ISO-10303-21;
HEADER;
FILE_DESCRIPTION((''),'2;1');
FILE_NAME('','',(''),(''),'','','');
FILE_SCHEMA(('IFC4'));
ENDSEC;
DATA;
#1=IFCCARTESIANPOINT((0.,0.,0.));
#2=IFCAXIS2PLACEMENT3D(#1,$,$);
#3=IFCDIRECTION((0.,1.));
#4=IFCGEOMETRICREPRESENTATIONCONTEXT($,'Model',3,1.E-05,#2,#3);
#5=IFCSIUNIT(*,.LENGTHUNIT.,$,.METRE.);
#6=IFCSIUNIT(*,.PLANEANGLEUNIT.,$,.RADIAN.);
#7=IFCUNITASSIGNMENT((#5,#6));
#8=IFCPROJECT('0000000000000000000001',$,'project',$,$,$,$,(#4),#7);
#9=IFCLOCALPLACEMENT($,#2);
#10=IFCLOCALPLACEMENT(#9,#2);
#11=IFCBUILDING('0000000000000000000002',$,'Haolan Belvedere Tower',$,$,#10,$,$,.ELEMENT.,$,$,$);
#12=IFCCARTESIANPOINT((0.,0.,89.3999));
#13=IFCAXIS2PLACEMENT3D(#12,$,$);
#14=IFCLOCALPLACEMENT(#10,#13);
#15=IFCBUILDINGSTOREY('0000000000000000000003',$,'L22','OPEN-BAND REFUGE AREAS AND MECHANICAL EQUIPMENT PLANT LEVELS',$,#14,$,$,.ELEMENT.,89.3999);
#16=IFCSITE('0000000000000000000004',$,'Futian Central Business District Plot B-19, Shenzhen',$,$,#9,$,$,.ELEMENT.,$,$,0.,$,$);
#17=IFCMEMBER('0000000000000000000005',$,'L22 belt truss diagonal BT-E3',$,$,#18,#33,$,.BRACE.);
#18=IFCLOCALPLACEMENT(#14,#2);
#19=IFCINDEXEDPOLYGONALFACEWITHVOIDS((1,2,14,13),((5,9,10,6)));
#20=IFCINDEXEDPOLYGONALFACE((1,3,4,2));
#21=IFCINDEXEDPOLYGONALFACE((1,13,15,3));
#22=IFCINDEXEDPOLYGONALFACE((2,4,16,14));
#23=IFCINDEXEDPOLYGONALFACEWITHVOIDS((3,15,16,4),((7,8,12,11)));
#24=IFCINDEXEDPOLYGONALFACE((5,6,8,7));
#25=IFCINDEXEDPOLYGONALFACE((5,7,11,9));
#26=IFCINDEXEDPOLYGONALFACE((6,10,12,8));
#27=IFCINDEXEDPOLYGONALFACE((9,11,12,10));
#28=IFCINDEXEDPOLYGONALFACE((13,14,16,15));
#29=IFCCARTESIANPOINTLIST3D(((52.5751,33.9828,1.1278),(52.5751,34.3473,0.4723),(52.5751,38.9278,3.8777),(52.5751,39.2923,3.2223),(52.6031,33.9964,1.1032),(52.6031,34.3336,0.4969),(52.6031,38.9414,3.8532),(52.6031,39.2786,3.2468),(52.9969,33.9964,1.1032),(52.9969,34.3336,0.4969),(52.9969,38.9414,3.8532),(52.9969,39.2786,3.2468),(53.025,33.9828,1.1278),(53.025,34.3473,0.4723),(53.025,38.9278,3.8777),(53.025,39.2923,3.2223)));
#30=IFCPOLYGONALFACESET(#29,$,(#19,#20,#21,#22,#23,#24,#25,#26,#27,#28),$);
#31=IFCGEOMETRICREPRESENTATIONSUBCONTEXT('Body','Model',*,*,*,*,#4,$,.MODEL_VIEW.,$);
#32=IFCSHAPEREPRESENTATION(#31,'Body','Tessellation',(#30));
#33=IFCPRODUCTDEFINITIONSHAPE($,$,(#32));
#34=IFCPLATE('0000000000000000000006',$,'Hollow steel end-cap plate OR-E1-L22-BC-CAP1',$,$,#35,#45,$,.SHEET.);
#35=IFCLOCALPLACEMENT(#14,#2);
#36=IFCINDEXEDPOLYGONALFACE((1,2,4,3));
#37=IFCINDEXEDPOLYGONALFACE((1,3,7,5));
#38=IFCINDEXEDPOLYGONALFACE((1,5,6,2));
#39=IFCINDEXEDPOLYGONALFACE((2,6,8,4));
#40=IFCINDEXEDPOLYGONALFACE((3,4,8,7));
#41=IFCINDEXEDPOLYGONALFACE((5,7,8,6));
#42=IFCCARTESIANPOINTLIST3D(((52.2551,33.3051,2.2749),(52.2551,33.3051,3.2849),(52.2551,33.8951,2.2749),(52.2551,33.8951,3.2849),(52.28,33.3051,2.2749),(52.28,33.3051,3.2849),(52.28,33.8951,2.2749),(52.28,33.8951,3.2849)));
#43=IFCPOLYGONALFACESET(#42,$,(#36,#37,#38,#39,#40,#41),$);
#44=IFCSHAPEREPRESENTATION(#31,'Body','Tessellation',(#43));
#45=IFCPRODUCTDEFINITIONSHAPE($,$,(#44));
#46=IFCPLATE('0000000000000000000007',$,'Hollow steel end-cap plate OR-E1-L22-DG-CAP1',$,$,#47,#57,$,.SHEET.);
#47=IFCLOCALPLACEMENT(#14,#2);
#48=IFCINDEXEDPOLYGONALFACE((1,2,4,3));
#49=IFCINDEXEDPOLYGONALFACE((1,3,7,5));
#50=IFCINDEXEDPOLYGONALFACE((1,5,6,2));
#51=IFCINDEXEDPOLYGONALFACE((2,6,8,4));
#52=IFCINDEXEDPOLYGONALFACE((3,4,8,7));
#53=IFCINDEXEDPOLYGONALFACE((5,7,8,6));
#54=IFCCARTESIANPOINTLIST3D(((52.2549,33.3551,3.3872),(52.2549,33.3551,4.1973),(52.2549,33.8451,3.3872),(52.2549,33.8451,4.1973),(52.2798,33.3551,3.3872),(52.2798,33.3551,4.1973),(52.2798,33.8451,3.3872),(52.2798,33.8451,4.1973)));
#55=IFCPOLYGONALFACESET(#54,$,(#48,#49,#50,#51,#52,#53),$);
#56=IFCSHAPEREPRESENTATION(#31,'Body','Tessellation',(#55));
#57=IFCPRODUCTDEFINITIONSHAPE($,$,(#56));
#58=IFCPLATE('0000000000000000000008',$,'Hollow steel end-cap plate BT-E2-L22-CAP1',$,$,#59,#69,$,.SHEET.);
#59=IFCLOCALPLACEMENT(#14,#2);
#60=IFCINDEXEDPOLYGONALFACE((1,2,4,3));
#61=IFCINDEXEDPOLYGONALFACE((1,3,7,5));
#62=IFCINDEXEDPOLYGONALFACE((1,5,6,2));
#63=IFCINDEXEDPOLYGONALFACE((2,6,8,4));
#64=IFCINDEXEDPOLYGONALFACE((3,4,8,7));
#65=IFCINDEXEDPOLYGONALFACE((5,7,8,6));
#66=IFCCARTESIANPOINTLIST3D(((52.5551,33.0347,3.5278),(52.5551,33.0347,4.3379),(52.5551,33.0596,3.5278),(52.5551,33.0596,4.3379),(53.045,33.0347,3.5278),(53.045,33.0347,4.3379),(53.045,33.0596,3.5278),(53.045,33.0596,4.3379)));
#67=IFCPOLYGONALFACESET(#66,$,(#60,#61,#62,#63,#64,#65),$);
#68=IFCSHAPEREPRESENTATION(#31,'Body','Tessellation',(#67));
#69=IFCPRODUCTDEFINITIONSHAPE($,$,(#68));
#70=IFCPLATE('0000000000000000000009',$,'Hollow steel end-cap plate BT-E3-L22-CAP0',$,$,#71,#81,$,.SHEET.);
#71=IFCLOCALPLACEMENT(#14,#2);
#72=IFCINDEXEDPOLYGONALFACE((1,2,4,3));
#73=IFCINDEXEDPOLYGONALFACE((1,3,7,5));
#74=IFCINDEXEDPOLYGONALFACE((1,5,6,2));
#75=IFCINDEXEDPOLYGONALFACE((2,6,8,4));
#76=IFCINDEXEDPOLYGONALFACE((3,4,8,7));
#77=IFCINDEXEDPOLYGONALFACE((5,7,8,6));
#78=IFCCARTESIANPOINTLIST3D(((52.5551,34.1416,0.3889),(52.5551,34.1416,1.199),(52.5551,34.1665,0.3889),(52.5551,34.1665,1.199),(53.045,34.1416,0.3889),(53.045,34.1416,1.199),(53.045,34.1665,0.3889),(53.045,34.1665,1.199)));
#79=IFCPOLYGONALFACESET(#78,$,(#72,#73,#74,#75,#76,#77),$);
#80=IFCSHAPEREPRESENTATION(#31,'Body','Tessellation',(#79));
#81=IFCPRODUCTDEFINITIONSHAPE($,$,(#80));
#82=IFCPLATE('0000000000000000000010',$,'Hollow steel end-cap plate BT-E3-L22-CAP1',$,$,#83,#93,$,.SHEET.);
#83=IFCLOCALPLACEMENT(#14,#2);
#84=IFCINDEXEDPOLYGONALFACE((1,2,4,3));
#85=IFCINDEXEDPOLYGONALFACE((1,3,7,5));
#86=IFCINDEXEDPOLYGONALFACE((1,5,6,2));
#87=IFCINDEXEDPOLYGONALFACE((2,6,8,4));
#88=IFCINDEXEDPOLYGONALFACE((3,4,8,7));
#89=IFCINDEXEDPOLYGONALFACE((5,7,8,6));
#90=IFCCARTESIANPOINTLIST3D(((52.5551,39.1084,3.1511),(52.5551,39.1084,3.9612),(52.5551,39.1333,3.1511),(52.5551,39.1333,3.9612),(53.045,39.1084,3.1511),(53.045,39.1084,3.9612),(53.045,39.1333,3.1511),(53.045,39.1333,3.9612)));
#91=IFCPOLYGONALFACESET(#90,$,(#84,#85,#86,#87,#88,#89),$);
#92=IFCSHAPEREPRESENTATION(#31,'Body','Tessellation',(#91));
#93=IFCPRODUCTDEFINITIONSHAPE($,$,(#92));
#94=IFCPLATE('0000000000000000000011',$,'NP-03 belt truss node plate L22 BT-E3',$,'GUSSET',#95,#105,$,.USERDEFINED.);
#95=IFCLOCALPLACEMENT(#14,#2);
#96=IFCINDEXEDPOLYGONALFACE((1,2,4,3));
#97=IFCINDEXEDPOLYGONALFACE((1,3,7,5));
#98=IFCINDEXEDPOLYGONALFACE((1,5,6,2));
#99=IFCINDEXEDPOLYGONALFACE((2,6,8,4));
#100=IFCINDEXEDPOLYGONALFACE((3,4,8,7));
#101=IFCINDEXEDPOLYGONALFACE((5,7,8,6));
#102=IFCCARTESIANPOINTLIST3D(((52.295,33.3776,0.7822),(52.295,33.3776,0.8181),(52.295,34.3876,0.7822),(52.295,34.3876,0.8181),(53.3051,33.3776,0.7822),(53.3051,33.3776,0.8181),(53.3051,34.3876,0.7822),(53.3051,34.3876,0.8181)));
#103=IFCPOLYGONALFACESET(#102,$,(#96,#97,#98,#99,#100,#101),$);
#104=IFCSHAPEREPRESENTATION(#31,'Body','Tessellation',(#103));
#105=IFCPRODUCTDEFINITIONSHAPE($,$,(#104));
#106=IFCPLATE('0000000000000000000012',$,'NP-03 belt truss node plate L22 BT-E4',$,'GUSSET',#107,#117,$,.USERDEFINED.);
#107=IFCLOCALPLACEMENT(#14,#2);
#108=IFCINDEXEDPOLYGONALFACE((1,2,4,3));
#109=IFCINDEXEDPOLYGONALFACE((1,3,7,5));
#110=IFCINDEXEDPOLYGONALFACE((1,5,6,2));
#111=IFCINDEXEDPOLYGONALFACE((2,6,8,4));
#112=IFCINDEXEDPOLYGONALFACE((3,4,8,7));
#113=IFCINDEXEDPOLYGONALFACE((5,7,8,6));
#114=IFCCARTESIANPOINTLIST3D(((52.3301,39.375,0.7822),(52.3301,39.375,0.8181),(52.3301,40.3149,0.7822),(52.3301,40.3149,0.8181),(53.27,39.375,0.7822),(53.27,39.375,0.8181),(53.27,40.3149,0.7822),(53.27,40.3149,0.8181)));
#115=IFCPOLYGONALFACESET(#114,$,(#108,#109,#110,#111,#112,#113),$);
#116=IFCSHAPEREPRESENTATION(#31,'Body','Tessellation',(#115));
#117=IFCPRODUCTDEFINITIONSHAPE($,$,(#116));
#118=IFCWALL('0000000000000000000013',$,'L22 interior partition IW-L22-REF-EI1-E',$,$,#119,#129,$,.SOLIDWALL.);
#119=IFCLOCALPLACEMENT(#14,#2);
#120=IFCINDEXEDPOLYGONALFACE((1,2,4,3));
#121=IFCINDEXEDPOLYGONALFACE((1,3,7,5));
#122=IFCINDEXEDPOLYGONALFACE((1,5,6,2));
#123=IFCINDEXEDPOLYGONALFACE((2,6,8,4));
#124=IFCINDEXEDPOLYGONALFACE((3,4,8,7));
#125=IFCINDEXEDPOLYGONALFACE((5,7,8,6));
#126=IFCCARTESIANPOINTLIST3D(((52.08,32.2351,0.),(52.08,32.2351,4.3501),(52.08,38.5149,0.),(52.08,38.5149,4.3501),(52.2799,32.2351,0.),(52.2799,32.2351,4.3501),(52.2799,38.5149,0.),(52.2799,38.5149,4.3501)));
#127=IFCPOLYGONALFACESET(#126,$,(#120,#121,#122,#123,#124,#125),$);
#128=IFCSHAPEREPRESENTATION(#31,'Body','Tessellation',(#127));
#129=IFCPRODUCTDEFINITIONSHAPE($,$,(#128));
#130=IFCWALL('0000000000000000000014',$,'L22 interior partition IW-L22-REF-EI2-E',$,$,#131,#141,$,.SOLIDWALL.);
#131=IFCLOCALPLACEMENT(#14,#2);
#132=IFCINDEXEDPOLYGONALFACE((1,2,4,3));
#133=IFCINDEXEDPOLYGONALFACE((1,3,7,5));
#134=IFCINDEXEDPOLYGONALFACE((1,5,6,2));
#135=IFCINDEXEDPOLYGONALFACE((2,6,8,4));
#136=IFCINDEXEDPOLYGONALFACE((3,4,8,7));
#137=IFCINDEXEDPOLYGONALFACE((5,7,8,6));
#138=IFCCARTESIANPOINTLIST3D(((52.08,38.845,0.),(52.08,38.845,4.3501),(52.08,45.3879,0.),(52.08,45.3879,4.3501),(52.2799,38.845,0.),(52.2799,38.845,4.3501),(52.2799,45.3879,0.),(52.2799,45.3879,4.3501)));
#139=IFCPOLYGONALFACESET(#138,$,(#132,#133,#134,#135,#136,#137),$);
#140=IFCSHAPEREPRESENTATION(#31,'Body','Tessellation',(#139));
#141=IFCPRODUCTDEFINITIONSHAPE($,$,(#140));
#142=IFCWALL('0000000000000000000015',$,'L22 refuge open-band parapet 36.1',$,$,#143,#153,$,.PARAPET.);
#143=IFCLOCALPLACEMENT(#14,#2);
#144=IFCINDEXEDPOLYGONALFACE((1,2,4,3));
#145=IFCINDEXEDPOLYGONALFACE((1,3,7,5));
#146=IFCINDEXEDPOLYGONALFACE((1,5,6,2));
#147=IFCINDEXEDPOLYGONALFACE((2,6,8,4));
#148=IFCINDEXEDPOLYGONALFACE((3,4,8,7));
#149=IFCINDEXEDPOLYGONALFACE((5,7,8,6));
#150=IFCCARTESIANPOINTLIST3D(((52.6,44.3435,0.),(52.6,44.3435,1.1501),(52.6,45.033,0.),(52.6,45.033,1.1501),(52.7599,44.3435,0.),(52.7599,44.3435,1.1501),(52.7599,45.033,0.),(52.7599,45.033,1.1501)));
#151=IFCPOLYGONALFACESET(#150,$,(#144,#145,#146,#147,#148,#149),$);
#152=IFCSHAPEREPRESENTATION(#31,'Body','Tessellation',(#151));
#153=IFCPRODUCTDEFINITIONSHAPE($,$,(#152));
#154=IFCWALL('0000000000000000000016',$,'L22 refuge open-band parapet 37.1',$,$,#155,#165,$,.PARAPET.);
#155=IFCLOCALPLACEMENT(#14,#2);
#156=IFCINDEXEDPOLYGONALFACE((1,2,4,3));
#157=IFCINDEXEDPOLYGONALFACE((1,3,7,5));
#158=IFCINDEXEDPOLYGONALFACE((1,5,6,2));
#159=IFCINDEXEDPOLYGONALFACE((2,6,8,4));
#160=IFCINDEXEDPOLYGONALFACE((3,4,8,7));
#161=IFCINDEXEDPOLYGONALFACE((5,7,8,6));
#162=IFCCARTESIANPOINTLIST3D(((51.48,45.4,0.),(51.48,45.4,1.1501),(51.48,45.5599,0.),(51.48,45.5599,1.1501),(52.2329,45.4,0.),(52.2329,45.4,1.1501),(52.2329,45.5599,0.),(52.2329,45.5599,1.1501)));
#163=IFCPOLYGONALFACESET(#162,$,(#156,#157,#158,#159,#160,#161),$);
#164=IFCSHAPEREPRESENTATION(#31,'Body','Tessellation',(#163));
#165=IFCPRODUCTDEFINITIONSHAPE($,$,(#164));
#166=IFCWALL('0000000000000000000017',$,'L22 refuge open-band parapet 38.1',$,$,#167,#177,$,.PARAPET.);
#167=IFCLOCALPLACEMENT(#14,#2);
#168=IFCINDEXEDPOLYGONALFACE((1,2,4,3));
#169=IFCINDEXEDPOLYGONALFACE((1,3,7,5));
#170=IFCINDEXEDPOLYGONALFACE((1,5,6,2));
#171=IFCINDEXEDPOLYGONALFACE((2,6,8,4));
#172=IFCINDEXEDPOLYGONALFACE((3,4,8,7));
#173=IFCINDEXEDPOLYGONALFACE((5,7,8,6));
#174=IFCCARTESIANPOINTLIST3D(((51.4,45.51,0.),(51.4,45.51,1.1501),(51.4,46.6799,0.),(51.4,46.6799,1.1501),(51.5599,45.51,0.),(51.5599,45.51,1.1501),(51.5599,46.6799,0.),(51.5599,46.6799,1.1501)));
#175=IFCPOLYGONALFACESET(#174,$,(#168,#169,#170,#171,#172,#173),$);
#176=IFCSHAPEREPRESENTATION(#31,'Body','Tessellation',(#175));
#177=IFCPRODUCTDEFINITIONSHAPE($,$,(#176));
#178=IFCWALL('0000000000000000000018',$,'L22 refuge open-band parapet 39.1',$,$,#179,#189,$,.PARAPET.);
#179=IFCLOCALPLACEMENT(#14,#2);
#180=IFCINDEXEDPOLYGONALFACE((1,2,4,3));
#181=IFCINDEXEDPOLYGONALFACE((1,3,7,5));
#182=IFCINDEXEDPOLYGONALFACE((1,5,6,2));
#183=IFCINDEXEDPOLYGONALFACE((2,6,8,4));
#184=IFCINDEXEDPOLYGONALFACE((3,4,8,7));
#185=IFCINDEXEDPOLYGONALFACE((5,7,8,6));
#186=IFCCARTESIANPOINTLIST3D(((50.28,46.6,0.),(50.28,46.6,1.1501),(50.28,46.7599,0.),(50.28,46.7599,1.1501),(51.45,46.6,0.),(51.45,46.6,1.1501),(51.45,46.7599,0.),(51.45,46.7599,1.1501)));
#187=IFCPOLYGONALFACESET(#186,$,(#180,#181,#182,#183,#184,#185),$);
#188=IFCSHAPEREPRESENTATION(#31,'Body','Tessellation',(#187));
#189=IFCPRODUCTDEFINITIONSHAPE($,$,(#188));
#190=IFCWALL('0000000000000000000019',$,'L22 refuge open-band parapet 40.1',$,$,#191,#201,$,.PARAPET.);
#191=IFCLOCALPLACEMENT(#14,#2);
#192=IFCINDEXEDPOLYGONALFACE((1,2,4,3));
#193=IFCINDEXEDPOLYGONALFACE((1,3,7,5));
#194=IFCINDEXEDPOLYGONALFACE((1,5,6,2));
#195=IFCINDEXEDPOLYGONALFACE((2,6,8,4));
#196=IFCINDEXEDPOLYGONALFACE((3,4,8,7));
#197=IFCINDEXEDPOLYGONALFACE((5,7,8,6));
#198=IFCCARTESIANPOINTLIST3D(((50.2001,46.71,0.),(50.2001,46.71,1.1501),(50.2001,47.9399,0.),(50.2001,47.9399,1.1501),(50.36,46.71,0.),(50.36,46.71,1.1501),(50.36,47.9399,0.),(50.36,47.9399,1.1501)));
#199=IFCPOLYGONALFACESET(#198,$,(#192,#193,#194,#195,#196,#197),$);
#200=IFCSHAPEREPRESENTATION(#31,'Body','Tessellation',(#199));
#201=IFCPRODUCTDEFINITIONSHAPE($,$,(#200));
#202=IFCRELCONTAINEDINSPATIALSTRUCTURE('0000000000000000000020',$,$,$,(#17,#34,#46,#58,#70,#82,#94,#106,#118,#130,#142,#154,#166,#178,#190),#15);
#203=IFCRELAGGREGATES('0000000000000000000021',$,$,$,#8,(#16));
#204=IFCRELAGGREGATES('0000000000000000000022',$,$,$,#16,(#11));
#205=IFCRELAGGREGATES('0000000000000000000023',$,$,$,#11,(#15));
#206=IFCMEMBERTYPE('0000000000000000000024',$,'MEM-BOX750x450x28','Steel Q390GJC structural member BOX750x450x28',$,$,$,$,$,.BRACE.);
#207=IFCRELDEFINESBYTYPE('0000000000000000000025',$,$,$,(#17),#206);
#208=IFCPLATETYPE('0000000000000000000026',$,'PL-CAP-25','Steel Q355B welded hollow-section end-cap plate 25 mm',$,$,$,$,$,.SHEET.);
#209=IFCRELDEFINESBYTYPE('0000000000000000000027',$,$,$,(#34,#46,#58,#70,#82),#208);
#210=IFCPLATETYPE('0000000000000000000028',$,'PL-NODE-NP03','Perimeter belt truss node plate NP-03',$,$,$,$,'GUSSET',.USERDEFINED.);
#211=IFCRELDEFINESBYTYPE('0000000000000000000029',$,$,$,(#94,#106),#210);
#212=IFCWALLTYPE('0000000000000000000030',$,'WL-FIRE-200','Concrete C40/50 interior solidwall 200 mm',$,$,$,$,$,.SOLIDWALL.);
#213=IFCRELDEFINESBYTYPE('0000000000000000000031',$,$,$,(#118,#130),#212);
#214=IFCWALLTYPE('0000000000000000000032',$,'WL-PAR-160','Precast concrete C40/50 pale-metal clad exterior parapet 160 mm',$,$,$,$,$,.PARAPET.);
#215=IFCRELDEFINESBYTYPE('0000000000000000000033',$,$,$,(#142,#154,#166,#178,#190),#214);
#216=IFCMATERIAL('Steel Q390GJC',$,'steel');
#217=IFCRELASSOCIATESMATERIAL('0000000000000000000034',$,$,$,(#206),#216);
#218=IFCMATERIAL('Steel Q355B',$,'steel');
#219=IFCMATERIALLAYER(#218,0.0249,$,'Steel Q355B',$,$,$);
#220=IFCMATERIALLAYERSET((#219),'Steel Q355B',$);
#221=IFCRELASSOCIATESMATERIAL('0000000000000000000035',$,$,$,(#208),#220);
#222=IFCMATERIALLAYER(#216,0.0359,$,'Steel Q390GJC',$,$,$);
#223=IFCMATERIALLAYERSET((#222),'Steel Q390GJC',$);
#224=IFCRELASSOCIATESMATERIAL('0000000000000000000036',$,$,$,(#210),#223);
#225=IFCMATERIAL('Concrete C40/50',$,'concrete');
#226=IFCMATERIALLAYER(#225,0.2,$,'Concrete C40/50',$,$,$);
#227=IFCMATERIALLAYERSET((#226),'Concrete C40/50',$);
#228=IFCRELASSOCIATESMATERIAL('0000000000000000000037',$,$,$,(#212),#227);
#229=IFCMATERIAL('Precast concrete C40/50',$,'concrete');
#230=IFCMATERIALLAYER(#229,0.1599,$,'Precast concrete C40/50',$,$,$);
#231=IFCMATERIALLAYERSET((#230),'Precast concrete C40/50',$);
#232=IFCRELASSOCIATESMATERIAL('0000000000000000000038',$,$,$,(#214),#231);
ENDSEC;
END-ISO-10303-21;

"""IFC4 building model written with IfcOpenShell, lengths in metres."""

from ifc_helpers import new_model, si_unit, direction, frame, frame_2d, origin, origin_2d, place, context, subcontext, project, spatial, rectangle, hollow_rectangle, extrude, material, layer, layer_set, material_profile, profile_set, type_object, element, save


model = new_model("IFC4")

# Units and contexts
model_context = context("Model", 3, precision=1e-05, world=origin(), true_north=direction((0.0, 1.0)))
body_context = subcontext(model_context, "Body", "Model", "MODEL_VIEW")
ifc_project = project(units=[si_unit("LENGTHUNIT", "METRE"), si_unit("PLANEANGLEUNIT", "RADIAN")], contexts=[model_context])

# Site, building, storey
site_placement = place(None, origin())
site = spatial("IfcSite", under=ifc_project, at=site_placement, Name="Futian Central Business District Plot B-19, Shenzhen", CompositionType="ELEMENT", RefElevation=0.0)
building_placement = place(site_placement, origin())
building = spatial("IfcBuilding", under=site, at=building_placement, Name="Haolan Belvedere Tower", CompositionType="ELEMENT")
storey_placement = place(building_placement, frame((0.0, 0.0, 89.3999)))
storey = spatial("IfcBuildingStorey", under=building, at=storey_placement, Name="L22", Description="OPEN-BAND REFUGE AREAS AND MECHANICAL EQUIPMENT PLANT LEVELS", CompositionType="ELEMENT", Elevation=89.3999)

# Shared definitions
ifc_material_1 = material(Name="Steel Q355B", Category="steel")

# Member
ifc_material_2 = material(Name="Steel Q390GJC", Category="steel")
ifc_material_profile_1 = material_profile(ifc_material_2, hollow_rectangle(XDim=0.45, YDim=0.75, WallThickness=0.0281, at=origin_2d()), Name="Steel Q390GJC")
ifc_profile_set_1 = profile_set([ifc_material_profile_1], Name="Steel Q390GJC")
member_type = type_object("IfcMemberType", Name="MEM-BOX750x450x28", Description="Steel Q390GJC structural member BOX750x450x28", PredefinedType="BRACE", material=ifc_profile_set_1)
member_placement = place(storey_placement, frame((52.8, 34.165, 0.8), z_axis=(0.0, 0.873952, 0.486013), x_axis=(-1.0, 0.0, 0.0)))
element("IfcMember", 1, at=member_placement, inside=storey, type_object=member_type, Name="L22 belt truss diagonal BT-E3", PredefinedType="BRACE", context=body_context, shape_type="SweptSolid", body=[
    extrude(hollow_rectangle(XDim=0.45, YDim=0.75, WallThickness=0.0281, at=origin_2d()), origin(), (0.0, 0.0, 1.0), 5.6582),
])

# Plates
ifc_layer_1 = layer(ifc_material_1, 0.0249, Name="Steel Q355B")
ifc_layer_set_1 = layer_set([ifc_layer_1], Name="Steel Q355B")
plate_type_1 = type_object("IfcPlateType", Name="PL-CAP-25", Description="Steel Q355B welded hollow-section end-cap plate 25 mm", PredefinedType="SHEET", material=ifc_layer_set_1)
plate_1_placement = place(storey_placement, frame((52.2676, 33.6001, 2.2749), z_axis=(0.0, 0.0, 1.0), x_axis=(0.0, 1.0, 0.0)))
element("IfcPlate", 2, at=plate_1_placement, inside=storey, type_object=plate_type_1, Name="Hollow steel end-cap plate OR-E1-L22-BC-CAP1", PredefinedType="SHEET", context=body_context, shape_type="SweptSolid", body=[
    extrude(rectangle(XDim=0.5901, YDim=0.0249, at=origin_2d()), origin(), (0.0, 0.0, 1.0), 1.01),
])
for number, where, z_axis, x_axis, name in (
    (3, (52.2673, 33.6001, 3.3872), (0.0, 0.0, 1.0), (0.0, 1.0, 0.0), "Hollow steel end-cap plate OR-E1-L22-DG-CAP1"),
    (4, (52.8, 33.0471, 3.5278), (0.0, 0.0, 1.0), (-1.0, 0.0, 0.0), "Hollow steel end-cap plate BT-E2-L22-CAP1"),
    (5, (52.8, 34.1541, 0.3889), (0.0, 0.0, 1.0), (1.0, 0.0, 0.0), "Hollow steel end-cap plate BT-E3-L22-CAP0"),
    (6, (52.8, 39.1208, 3.1511), (0.0, 0.0, 1.0), (-1.0, 0.0, 0.0), "Hollow steel end-cap plate BT-E3-L22-CAP1"),
):
    element("IfcPlate", number, at=place(storey_placement, frame(where, z_axis=z_axis, x_axis=x_axis)), inside=storey, type_object=plate_type_1, Name=name, PredefinedType="SHEET", context=body_context, shape_type="SweptSolid", body=[
        extrude(rectangle(XDim=0.49, YDim=0.0249, at=origin_2d()), origin(), (0.0, 0.0, 1.0), 0.8101),
    ])
ifc_layer_2 = layer(ifc_material_2, 0.0359, Name="Steel Q390GJC")
ifc_layer_set_2 = layer_set([ifc_layer_2], Name="Steel Q390GJC")
plate_type_2 = type_object("IfcPlateType", Name="PL-NODE-NP03", Description="Perimeter belt truss node plate NP-03", ElementType="GUSSET", PredefinedType="USERDEFINED", material=ifc_layer_set_2)
plate_2_placement = place(storey_placement, frame((52.8, 33.8826, 0.7822), z_axis=(0.0, 0.0, 1.0), x_axis=(1.0, 0.0, 0.0)))
element("IfcPlate", 7, at=plate_2_placement, inside=storey, type_object=plate_type_2, Name="NP-03 belt truss node plate L22 BT-E3", ObjectType="GUSSET", PredefinedType="USERDEFINED", context=body_context, shape_type="SweptSolid", body=[
    extrude(rectangle(XDim=1.01, YDim=1.01, at=origin_2d()), origin(), (0.0, 0.0, 1.0), 0.0359),
])
plate_3_placement = place(storey_placement, frame((52.8, 39.845, 0.7822), z_axis=(0.0, 0.0, 1.0), x_axis=(1.0, 0.0, 0.0)))
element("IfcPlate", 8, at=plate_3_placement, inside=storey, type_object=plate_type_2, Name="NP-03 belt truss node plate L22 BT-E4", ObjectType="GUSSET", PredefinedType="USERDEFINED", context=body_context, shape_type="SweptSolid", body=[
    extrude(rectangle(XDim=0.9399, YDim=0.9399, at=origin_2d()), origin(), (0.0, 0.0, 1.0), 0.0359),
])

# Walls
ifc_material_3 = material(Name="Concrete C40/50", Category="concrete")
ifc_layer_3 = layer(ifc_material_3, 0.2, Name="Concrete C40/50")
ifc_layer_set_3 = layer_set([ifc_layer_3], Name="Concrete C40/50")
wall_type_1 = type_object("IfcWallType", Name="WL-FIRE-200", Description="Concrete C40/50 interior solidwall 200 mm", PredefinedType="SOLIDWALL", material=ifc_layer_set_3)
wall_1_placement = place(storey_placement, frame((52.1799, 32.2351, 0.0), z_axis=(0.0, 0.0, 1.0), x_axis=(0.0, 1.0, 0.0)))
element("IfcWall", 9, at=wall_1_placement, inside=storey, type_object=wall_type_1, Name="L22 interior partition IW-L22-REF-EI1-E", PredefinedType="SOLIDWALL", context=body_context, shape_type="SweptSolid", body=[
    extrude(rectangle(XDim=6.2798, YDim=0.2, at=frame_2d((3.1399, 0.0))), origin(), (0.0, 0.0, 1.0), 4.3501),
])
wall_2_placement = place(storey_placement, frame((52.1799, 38.845, 0.0), z_axis=(0.0, 0.0, 1.0), x_axis=(0.0, 1.0, 0.0)))
element("IfcWall", 10, at=wall_2_placement, inside=storey, type_object=wall_type_1, Name="L22 interior partition IW-L22-REF-EI2-E", PredefinedType="SOLIDWALL", context=body_context, shape_type="SweptSolid", body=[
    extrude(rectangle(XDim=6.543, YDim=0.2, at=frame_2d((3.2715, 0.0))), origin(), (0.0, 0.0, 1.0), 4.3501),
])
ifc_material_4 = material(Name="Precast concrete C40/50", Category="concrete")
ifc_layer_4 = layer(ifc_material_4, 0.1599, Name="Precast concrete C40/50")
ifc_layer_set_4 = layer_set([ifc_layer_4], Name="Precast concrete C40/50")
wall_type_2 = type_object("IfcWallType", Name="WL-PAR-160", Description="Precast concrete C40/50 pale-metal clad exterior parapet 160 mm", PredefinedType="PARAPET", material=ifc_layer_set_4)
wall_3_placement = place(storey_placement, frame((52.6799, 44.3435, 0.0), z_axis=(0.0, 0.0, 1.0), x_axis=(0.0, 1.0, 0.0)))
element("IfcWall", 11, at=wall_3_placement, inside=storey, type_object=wall_type_2, Name="L22 refuge open-band parapet 36.1", PredefinedType="PARAPET", context=body_context, shape_type="SweptSolid", body=[
    extrude(rectangle(XDim=0.6895, YDim=0.1599, at=frame_2d((0.3447, 0.0))), origin(), (0.0, 0.0, 1.0), 1.1501),
])
wall_4_placement = place(storey_placement, frame((52.2329, 45.48, 0.0), z_axis=(0.0, 0.0, 1.0), x_axis=(-1.0, 0.0, 0.0)))
element("IfcWall", 12, at=wall_4_placement, inside=storey, type_object=wall_type_2, Name="L22 refuge open-band parapet 37.1", PredefinedType="PARAPET", context=body_context, shape_type="SweptSolid", body=[
    extrude(rectangle(XDim=0.7529, YDim=0.1599, at=frame_2d((0.3765, 0.0))), origin(), (0.0, 0.0, 1.0), 1.1501),
])
for number, where, z_axis, x_axis, name in (
    (13, (51.48, 45.51, 0.0), (0.0, 0.0, 1.0), (0.0, 1.0, 0.0), "L22 refuge open-band parapet 38.1"),
    (14, (51.45, 46.6799, 0.0), (0.0, 0.0, 1.0), (-1.0, 0.0, 0.0), "L22 refuge open-band parapet 39.1"),
):
    element("IfcWall", number, at=place(storey_placement, frame(where, z_axis=z_axis, x_axis=x_axis)), inside=storey, type_object=wall_type_2, Name=name, PredefinedType="PARAPET", context=body_context, shape_type="SweptSolid", body=[
        extrude(rectangle(XDim=1.1699, YDim=0.1599, at=frame_2d((0.585, 0.0))), origin(), (0.0, 0.0, 1.0), 1.1501),
    ])
wall_5_placement = place(storey_placement, frame((50.28, 46.71, 0.0), z_axis=(0.0, 0.0, 1.0), x_axis=(0.0, 1.0, 0.0)))
element("IfcWall", 15, at=wall_5_placement, inside=storey, type_object=wall_type_2, Name="L22 refuge open-band parapet 40.1", PredefinedType="PARAPET", context=body_context, shape_type="SweptSolid", body=[
    extrude(rectangle(XDim=1.23, YDim=0.1599, at=frame_2d((0.615, 0.0))), origin(), (0.0, 0.0, 1.0), 1.1501),
])

save(model, "model.ifc")
